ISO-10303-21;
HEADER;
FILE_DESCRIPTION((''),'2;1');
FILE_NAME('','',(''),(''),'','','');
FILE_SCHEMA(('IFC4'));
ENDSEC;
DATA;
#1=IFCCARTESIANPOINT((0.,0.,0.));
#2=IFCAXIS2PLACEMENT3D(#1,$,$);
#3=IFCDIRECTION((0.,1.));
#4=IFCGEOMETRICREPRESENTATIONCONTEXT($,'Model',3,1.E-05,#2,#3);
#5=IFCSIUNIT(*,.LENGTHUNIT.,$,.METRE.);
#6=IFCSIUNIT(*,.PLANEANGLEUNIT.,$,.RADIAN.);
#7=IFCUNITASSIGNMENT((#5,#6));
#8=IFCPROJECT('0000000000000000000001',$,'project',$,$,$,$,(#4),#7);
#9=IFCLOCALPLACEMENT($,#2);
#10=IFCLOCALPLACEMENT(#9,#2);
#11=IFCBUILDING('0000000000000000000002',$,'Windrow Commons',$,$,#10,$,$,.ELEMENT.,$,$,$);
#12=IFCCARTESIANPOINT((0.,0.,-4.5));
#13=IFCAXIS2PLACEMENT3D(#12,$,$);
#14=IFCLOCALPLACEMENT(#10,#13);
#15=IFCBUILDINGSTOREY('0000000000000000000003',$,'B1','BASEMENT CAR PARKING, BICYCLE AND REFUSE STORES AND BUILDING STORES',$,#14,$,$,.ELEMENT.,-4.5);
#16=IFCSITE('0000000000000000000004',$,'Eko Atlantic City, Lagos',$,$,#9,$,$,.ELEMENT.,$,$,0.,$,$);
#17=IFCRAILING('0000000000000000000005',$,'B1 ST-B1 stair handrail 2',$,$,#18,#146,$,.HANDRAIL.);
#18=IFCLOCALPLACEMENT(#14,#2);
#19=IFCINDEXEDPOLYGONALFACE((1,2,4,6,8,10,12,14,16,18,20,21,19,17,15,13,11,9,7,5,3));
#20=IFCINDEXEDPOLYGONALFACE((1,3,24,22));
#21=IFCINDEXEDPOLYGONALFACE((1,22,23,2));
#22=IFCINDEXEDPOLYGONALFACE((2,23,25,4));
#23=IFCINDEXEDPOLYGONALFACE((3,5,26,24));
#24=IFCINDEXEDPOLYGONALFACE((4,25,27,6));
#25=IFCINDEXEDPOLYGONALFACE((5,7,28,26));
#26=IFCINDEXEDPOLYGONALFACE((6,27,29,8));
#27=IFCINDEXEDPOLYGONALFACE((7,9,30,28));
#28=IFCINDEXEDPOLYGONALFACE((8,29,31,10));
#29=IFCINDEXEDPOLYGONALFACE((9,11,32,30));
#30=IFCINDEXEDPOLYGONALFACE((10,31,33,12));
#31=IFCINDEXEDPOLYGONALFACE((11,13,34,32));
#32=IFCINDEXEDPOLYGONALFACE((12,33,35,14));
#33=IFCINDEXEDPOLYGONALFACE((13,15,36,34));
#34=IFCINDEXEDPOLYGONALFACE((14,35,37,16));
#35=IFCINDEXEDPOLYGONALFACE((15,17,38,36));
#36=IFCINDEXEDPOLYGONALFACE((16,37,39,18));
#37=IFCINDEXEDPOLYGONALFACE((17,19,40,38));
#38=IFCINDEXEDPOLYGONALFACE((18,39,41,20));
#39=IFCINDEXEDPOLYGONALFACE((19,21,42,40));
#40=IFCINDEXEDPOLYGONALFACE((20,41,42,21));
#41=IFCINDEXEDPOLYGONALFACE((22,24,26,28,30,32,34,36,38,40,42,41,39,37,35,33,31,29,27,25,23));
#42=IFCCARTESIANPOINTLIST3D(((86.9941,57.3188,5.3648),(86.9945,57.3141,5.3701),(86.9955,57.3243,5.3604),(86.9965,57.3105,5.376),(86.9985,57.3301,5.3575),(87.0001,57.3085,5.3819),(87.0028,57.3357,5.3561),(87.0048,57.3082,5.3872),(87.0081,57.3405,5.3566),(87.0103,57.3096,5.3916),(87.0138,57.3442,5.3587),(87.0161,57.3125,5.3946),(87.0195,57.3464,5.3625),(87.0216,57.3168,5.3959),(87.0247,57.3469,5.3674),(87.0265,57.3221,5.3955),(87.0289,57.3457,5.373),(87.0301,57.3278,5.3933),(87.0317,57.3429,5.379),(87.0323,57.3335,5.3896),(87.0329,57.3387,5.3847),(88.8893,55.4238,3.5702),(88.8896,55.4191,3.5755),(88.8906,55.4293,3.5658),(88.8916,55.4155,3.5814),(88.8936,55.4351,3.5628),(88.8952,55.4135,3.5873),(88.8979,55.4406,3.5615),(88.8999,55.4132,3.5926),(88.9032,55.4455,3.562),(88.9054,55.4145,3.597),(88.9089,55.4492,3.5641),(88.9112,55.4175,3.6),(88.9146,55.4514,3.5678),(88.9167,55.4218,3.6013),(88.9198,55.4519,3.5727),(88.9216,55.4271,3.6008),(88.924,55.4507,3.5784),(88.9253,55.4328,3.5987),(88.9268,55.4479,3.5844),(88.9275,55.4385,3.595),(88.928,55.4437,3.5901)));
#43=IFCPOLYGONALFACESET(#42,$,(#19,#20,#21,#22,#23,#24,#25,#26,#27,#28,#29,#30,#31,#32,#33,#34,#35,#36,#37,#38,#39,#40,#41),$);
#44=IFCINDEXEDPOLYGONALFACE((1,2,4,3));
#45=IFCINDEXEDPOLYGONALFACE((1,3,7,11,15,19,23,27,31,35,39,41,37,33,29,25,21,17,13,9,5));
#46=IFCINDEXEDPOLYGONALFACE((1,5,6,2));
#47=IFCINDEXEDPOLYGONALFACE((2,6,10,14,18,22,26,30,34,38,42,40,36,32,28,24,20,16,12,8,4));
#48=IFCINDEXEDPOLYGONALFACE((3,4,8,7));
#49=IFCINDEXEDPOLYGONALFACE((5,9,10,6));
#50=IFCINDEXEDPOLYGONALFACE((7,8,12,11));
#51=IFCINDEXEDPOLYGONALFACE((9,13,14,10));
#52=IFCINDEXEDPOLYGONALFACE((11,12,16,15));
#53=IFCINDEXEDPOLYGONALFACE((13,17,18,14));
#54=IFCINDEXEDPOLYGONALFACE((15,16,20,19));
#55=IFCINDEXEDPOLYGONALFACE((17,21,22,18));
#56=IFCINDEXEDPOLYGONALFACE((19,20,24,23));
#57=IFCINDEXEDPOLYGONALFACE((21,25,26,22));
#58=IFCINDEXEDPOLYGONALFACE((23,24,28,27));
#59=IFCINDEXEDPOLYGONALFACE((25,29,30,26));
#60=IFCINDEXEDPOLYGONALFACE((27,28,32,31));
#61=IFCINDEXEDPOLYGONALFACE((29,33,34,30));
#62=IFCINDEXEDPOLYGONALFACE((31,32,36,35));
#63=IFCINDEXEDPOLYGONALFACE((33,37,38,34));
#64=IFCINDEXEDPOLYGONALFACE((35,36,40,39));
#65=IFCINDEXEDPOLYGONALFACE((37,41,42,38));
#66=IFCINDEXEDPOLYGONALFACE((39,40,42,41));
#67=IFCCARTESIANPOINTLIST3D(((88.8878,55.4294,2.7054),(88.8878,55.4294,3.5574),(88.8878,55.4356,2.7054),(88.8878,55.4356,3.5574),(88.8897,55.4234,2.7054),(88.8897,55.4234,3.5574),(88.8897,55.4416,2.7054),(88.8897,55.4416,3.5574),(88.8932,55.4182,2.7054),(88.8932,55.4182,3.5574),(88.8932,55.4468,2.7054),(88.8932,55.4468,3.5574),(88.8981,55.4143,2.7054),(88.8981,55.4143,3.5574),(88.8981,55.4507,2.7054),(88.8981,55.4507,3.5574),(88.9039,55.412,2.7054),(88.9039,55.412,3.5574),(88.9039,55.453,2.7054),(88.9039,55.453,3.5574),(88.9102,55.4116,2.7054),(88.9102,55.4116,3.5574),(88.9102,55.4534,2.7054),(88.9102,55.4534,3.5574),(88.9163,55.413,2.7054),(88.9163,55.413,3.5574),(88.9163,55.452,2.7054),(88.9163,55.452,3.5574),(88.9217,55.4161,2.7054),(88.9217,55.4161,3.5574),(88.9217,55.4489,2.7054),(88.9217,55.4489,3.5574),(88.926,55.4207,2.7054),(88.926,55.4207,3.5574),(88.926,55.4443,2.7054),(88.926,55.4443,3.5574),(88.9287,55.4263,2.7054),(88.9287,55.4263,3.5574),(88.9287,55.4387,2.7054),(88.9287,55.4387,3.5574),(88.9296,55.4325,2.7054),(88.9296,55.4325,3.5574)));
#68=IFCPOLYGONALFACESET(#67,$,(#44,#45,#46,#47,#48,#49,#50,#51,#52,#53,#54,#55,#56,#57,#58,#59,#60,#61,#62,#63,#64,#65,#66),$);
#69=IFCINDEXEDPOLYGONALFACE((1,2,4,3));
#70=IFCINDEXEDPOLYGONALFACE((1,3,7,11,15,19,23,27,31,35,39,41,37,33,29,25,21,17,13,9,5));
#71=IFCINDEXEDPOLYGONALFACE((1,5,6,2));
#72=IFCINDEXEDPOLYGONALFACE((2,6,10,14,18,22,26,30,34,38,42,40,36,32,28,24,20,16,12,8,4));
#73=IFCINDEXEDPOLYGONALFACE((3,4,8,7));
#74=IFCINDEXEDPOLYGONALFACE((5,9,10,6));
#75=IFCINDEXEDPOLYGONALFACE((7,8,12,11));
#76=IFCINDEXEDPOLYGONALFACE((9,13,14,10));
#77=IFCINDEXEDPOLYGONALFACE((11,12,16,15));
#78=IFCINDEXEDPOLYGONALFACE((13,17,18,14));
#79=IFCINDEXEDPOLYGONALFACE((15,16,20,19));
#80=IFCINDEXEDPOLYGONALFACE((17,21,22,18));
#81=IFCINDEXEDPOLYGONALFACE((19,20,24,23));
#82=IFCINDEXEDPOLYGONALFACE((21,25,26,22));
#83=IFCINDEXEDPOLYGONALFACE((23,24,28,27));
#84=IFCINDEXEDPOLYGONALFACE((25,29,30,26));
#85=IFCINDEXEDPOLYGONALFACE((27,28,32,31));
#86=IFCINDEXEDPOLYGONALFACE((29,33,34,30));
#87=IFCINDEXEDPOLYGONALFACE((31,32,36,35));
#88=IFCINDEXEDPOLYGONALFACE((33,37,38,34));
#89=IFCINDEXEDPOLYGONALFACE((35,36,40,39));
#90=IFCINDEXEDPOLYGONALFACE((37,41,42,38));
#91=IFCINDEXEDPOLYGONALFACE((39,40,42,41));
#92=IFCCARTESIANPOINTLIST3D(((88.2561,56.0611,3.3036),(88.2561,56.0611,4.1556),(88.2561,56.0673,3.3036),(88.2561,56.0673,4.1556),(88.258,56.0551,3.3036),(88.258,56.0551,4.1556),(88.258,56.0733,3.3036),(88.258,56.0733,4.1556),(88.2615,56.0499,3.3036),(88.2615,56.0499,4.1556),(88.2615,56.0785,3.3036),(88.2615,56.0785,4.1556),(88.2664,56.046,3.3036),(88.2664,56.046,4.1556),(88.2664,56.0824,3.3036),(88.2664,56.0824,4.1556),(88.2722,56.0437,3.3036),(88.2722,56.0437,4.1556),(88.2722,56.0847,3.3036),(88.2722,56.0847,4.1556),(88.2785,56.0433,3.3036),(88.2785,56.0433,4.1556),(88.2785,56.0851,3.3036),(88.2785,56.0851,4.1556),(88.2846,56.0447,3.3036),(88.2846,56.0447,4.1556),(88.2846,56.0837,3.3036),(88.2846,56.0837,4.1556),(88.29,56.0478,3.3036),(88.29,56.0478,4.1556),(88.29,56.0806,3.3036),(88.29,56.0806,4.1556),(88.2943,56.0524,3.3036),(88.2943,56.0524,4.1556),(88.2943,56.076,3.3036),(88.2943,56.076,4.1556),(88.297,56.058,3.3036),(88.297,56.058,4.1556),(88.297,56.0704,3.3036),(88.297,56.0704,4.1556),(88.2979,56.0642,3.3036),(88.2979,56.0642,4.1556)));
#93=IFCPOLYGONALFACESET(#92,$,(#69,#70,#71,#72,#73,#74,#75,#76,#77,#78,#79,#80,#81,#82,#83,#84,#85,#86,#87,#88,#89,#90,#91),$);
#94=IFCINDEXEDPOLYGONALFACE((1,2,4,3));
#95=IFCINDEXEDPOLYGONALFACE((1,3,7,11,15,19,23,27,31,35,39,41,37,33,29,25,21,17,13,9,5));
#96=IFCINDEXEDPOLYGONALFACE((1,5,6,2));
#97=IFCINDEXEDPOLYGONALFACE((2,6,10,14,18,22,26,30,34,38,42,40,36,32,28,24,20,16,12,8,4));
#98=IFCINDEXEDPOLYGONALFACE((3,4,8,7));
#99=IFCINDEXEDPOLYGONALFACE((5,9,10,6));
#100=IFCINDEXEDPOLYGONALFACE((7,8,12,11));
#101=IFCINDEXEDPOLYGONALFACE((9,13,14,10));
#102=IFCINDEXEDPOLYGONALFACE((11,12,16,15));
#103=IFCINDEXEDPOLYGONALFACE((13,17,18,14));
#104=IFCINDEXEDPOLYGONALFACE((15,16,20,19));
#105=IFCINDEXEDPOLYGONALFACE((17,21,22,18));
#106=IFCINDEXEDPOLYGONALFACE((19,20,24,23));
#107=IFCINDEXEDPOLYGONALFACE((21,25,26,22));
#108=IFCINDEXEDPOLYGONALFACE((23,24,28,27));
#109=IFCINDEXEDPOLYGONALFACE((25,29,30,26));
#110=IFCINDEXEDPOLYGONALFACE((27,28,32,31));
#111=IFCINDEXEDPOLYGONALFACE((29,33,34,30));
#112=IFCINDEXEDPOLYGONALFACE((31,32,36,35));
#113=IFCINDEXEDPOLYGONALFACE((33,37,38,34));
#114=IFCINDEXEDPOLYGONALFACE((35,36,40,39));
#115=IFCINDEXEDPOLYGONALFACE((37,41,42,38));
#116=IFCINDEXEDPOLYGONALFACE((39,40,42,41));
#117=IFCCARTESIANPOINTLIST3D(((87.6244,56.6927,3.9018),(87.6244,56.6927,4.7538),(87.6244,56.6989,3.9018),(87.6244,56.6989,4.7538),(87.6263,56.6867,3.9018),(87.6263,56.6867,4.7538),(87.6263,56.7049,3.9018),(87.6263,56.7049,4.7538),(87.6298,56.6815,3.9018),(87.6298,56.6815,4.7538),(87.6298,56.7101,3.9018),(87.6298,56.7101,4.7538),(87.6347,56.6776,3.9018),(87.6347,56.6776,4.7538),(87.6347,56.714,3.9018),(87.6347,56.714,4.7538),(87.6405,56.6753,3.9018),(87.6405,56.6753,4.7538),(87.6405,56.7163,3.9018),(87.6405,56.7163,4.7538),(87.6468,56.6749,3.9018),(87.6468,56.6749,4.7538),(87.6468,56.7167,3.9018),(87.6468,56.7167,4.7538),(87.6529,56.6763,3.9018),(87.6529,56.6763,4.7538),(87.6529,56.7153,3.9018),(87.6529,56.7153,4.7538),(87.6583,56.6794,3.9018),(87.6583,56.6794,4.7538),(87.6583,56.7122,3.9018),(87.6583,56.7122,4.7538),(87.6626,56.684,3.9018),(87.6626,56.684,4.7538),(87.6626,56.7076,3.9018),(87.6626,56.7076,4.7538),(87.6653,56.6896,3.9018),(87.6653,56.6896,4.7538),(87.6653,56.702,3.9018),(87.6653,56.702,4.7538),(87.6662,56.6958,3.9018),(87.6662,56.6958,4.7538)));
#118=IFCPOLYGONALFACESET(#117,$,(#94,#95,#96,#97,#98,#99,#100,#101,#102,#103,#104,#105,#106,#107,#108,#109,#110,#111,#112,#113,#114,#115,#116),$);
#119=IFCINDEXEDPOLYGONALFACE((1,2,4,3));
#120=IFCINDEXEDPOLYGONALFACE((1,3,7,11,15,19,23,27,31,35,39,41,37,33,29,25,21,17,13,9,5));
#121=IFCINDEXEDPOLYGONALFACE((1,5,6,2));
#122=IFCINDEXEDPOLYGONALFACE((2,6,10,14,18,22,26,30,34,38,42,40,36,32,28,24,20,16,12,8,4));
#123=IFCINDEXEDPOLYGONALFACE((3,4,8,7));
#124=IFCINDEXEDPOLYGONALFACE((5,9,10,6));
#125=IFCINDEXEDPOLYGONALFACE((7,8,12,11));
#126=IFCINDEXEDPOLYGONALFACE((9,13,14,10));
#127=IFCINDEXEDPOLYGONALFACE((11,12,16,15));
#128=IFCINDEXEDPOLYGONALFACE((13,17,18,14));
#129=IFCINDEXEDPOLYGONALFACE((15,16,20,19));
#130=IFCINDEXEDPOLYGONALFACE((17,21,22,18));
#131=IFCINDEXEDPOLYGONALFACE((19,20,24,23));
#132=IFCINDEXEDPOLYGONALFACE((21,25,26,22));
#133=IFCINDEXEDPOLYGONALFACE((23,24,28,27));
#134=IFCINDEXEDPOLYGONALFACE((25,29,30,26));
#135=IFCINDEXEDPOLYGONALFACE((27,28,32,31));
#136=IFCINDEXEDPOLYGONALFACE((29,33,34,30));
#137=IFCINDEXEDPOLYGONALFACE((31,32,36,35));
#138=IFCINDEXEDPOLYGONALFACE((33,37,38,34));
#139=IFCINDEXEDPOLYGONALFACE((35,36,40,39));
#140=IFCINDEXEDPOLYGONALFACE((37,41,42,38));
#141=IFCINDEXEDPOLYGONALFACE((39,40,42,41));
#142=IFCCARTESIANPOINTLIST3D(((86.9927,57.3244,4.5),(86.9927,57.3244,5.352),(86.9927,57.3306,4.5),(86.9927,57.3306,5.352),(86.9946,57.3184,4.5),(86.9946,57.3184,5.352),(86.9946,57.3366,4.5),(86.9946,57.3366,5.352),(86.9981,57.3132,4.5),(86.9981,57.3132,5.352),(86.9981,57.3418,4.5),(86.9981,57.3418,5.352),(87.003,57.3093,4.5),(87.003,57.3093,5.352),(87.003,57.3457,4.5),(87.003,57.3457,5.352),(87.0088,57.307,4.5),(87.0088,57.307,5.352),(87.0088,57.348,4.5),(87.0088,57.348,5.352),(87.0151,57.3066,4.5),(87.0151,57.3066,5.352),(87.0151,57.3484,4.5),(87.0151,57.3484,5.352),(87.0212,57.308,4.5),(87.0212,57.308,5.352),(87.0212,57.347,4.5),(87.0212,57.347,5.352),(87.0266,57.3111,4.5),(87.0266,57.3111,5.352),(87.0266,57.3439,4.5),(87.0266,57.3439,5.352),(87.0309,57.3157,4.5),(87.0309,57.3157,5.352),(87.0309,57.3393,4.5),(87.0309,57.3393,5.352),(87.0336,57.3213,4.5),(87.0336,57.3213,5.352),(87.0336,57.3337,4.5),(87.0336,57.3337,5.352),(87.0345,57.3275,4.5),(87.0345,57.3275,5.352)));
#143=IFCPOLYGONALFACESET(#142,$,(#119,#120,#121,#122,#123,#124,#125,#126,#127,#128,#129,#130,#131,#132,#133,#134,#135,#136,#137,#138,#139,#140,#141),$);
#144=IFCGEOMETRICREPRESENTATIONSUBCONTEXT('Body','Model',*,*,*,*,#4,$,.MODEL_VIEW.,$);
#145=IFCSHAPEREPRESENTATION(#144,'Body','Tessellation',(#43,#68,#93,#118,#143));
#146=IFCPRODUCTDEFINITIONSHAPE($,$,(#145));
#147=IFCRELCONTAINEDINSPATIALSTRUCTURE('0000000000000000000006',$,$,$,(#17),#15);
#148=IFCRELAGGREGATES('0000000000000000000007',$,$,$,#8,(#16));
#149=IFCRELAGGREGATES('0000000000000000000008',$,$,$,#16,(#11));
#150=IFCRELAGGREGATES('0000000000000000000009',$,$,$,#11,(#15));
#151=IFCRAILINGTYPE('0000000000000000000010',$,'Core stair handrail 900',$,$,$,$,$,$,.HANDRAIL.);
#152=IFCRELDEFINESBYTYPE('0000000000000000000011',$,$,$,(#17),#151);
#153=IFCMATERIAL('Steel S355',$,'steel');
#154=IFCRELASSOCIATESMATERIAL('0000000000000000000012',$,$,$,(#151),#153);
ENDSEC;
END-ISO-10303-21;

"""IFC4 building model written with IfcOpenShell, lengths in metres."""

from ifc_helpers import new_model, si_unit, direction, frame, origin, origin_2d, place, context, subcontext, project, spatial, circle, extrude, material, type_object, element, save


model = new_model("IFC4")

# Units and contexts
model_context = context("Model", 3, precision=1e-05, world=origin(), true_north=direction((0.0, 1.0)))
body_context = subcontext(model_context, "Body", "Model", "MODEL_VIEW")
ifc_project = project(units=[si_unit("LENGTHUNIT", "METRE"), si_unit("PLANEANGLEUNIT", "RADIAN")], contexts=[model_context])

# Site, building, storey
site_placement = place(None, origin())
site = spatial("IfcSite", under=ifc_project, at=site_placement, Name="Eko Atlantic City, Lagos", CompositionType="ELEMENT", RefElevation=0.0)
building_placement = place(site_placement, origin())
building = spatial("IfcBuilding", under=site, at=building_placement, Name="Windrow Commons", CompositionType="ELEMENT")
storey_placement = place(building_placement, frame((0.0, 0.0, -4.5)))
storey = spatial("IfcBuildingStorey", under=building, at=storey_placement, Name="B1", Description="BASEMENT CAR PARKING, BICYCLE AND REFUSE STORES AND BUILDING STORES", CompositionType="ELEMENT", Elevation=-4.5)

# Railing
ifc_material_1 = material(Name="Steel S355", Category="steel")
railing_type_1 = type_object("IfcRailingType", Name="Core stair handrail 900", PredefinedType="HANDRAIL", material=ifc_material_1)
railing_1_placement = place(storey_placement, frame((88.9086, 55.4325, 2.7054)))
element("IfcRailing", 1, at=railing_1_placement, inside=storey, type_object=railing_type_1, Name="B1 ST-B1 stair handrail 2", PredefinedType="HANDRAIL", context=body_context, shape_type="SweptSolid", body=[
    extrude(circle(Radius=0.024, at=origin_2d()), frame((0.0, 0.0, 0.876), z_axis=(-0.58756, 0.587529, 0.556401), x_axis=(-0.707088, -0.707125, 0.0)), (0.0, 0.0, 1.0), 3.2254),
    extrude(circle(Radius=0.021, at=origin_2d()), origin(), (0.0, 0.0, 1.0), 0.852),
    extrude(circle(Radius=0.021, at=origin_2d()), frame((-0.6317, 0.6317, 0.5982)), (0.0, 0.0, 1.0), 0.852),
    extrude(circle(Radius=0.021, at=origin_2d()), frame((-1.2634, 1.2633, 1.1964)), (0.0, 0.0, 1.0), 0.852),
    extrude(circle(Radius=0.021, at=origin_2d()), frame((-1.8951, 1.895, 1.7946)), (0.0, 0.0, 1.0), 0.852),
])

save(model, "model.ifc")
